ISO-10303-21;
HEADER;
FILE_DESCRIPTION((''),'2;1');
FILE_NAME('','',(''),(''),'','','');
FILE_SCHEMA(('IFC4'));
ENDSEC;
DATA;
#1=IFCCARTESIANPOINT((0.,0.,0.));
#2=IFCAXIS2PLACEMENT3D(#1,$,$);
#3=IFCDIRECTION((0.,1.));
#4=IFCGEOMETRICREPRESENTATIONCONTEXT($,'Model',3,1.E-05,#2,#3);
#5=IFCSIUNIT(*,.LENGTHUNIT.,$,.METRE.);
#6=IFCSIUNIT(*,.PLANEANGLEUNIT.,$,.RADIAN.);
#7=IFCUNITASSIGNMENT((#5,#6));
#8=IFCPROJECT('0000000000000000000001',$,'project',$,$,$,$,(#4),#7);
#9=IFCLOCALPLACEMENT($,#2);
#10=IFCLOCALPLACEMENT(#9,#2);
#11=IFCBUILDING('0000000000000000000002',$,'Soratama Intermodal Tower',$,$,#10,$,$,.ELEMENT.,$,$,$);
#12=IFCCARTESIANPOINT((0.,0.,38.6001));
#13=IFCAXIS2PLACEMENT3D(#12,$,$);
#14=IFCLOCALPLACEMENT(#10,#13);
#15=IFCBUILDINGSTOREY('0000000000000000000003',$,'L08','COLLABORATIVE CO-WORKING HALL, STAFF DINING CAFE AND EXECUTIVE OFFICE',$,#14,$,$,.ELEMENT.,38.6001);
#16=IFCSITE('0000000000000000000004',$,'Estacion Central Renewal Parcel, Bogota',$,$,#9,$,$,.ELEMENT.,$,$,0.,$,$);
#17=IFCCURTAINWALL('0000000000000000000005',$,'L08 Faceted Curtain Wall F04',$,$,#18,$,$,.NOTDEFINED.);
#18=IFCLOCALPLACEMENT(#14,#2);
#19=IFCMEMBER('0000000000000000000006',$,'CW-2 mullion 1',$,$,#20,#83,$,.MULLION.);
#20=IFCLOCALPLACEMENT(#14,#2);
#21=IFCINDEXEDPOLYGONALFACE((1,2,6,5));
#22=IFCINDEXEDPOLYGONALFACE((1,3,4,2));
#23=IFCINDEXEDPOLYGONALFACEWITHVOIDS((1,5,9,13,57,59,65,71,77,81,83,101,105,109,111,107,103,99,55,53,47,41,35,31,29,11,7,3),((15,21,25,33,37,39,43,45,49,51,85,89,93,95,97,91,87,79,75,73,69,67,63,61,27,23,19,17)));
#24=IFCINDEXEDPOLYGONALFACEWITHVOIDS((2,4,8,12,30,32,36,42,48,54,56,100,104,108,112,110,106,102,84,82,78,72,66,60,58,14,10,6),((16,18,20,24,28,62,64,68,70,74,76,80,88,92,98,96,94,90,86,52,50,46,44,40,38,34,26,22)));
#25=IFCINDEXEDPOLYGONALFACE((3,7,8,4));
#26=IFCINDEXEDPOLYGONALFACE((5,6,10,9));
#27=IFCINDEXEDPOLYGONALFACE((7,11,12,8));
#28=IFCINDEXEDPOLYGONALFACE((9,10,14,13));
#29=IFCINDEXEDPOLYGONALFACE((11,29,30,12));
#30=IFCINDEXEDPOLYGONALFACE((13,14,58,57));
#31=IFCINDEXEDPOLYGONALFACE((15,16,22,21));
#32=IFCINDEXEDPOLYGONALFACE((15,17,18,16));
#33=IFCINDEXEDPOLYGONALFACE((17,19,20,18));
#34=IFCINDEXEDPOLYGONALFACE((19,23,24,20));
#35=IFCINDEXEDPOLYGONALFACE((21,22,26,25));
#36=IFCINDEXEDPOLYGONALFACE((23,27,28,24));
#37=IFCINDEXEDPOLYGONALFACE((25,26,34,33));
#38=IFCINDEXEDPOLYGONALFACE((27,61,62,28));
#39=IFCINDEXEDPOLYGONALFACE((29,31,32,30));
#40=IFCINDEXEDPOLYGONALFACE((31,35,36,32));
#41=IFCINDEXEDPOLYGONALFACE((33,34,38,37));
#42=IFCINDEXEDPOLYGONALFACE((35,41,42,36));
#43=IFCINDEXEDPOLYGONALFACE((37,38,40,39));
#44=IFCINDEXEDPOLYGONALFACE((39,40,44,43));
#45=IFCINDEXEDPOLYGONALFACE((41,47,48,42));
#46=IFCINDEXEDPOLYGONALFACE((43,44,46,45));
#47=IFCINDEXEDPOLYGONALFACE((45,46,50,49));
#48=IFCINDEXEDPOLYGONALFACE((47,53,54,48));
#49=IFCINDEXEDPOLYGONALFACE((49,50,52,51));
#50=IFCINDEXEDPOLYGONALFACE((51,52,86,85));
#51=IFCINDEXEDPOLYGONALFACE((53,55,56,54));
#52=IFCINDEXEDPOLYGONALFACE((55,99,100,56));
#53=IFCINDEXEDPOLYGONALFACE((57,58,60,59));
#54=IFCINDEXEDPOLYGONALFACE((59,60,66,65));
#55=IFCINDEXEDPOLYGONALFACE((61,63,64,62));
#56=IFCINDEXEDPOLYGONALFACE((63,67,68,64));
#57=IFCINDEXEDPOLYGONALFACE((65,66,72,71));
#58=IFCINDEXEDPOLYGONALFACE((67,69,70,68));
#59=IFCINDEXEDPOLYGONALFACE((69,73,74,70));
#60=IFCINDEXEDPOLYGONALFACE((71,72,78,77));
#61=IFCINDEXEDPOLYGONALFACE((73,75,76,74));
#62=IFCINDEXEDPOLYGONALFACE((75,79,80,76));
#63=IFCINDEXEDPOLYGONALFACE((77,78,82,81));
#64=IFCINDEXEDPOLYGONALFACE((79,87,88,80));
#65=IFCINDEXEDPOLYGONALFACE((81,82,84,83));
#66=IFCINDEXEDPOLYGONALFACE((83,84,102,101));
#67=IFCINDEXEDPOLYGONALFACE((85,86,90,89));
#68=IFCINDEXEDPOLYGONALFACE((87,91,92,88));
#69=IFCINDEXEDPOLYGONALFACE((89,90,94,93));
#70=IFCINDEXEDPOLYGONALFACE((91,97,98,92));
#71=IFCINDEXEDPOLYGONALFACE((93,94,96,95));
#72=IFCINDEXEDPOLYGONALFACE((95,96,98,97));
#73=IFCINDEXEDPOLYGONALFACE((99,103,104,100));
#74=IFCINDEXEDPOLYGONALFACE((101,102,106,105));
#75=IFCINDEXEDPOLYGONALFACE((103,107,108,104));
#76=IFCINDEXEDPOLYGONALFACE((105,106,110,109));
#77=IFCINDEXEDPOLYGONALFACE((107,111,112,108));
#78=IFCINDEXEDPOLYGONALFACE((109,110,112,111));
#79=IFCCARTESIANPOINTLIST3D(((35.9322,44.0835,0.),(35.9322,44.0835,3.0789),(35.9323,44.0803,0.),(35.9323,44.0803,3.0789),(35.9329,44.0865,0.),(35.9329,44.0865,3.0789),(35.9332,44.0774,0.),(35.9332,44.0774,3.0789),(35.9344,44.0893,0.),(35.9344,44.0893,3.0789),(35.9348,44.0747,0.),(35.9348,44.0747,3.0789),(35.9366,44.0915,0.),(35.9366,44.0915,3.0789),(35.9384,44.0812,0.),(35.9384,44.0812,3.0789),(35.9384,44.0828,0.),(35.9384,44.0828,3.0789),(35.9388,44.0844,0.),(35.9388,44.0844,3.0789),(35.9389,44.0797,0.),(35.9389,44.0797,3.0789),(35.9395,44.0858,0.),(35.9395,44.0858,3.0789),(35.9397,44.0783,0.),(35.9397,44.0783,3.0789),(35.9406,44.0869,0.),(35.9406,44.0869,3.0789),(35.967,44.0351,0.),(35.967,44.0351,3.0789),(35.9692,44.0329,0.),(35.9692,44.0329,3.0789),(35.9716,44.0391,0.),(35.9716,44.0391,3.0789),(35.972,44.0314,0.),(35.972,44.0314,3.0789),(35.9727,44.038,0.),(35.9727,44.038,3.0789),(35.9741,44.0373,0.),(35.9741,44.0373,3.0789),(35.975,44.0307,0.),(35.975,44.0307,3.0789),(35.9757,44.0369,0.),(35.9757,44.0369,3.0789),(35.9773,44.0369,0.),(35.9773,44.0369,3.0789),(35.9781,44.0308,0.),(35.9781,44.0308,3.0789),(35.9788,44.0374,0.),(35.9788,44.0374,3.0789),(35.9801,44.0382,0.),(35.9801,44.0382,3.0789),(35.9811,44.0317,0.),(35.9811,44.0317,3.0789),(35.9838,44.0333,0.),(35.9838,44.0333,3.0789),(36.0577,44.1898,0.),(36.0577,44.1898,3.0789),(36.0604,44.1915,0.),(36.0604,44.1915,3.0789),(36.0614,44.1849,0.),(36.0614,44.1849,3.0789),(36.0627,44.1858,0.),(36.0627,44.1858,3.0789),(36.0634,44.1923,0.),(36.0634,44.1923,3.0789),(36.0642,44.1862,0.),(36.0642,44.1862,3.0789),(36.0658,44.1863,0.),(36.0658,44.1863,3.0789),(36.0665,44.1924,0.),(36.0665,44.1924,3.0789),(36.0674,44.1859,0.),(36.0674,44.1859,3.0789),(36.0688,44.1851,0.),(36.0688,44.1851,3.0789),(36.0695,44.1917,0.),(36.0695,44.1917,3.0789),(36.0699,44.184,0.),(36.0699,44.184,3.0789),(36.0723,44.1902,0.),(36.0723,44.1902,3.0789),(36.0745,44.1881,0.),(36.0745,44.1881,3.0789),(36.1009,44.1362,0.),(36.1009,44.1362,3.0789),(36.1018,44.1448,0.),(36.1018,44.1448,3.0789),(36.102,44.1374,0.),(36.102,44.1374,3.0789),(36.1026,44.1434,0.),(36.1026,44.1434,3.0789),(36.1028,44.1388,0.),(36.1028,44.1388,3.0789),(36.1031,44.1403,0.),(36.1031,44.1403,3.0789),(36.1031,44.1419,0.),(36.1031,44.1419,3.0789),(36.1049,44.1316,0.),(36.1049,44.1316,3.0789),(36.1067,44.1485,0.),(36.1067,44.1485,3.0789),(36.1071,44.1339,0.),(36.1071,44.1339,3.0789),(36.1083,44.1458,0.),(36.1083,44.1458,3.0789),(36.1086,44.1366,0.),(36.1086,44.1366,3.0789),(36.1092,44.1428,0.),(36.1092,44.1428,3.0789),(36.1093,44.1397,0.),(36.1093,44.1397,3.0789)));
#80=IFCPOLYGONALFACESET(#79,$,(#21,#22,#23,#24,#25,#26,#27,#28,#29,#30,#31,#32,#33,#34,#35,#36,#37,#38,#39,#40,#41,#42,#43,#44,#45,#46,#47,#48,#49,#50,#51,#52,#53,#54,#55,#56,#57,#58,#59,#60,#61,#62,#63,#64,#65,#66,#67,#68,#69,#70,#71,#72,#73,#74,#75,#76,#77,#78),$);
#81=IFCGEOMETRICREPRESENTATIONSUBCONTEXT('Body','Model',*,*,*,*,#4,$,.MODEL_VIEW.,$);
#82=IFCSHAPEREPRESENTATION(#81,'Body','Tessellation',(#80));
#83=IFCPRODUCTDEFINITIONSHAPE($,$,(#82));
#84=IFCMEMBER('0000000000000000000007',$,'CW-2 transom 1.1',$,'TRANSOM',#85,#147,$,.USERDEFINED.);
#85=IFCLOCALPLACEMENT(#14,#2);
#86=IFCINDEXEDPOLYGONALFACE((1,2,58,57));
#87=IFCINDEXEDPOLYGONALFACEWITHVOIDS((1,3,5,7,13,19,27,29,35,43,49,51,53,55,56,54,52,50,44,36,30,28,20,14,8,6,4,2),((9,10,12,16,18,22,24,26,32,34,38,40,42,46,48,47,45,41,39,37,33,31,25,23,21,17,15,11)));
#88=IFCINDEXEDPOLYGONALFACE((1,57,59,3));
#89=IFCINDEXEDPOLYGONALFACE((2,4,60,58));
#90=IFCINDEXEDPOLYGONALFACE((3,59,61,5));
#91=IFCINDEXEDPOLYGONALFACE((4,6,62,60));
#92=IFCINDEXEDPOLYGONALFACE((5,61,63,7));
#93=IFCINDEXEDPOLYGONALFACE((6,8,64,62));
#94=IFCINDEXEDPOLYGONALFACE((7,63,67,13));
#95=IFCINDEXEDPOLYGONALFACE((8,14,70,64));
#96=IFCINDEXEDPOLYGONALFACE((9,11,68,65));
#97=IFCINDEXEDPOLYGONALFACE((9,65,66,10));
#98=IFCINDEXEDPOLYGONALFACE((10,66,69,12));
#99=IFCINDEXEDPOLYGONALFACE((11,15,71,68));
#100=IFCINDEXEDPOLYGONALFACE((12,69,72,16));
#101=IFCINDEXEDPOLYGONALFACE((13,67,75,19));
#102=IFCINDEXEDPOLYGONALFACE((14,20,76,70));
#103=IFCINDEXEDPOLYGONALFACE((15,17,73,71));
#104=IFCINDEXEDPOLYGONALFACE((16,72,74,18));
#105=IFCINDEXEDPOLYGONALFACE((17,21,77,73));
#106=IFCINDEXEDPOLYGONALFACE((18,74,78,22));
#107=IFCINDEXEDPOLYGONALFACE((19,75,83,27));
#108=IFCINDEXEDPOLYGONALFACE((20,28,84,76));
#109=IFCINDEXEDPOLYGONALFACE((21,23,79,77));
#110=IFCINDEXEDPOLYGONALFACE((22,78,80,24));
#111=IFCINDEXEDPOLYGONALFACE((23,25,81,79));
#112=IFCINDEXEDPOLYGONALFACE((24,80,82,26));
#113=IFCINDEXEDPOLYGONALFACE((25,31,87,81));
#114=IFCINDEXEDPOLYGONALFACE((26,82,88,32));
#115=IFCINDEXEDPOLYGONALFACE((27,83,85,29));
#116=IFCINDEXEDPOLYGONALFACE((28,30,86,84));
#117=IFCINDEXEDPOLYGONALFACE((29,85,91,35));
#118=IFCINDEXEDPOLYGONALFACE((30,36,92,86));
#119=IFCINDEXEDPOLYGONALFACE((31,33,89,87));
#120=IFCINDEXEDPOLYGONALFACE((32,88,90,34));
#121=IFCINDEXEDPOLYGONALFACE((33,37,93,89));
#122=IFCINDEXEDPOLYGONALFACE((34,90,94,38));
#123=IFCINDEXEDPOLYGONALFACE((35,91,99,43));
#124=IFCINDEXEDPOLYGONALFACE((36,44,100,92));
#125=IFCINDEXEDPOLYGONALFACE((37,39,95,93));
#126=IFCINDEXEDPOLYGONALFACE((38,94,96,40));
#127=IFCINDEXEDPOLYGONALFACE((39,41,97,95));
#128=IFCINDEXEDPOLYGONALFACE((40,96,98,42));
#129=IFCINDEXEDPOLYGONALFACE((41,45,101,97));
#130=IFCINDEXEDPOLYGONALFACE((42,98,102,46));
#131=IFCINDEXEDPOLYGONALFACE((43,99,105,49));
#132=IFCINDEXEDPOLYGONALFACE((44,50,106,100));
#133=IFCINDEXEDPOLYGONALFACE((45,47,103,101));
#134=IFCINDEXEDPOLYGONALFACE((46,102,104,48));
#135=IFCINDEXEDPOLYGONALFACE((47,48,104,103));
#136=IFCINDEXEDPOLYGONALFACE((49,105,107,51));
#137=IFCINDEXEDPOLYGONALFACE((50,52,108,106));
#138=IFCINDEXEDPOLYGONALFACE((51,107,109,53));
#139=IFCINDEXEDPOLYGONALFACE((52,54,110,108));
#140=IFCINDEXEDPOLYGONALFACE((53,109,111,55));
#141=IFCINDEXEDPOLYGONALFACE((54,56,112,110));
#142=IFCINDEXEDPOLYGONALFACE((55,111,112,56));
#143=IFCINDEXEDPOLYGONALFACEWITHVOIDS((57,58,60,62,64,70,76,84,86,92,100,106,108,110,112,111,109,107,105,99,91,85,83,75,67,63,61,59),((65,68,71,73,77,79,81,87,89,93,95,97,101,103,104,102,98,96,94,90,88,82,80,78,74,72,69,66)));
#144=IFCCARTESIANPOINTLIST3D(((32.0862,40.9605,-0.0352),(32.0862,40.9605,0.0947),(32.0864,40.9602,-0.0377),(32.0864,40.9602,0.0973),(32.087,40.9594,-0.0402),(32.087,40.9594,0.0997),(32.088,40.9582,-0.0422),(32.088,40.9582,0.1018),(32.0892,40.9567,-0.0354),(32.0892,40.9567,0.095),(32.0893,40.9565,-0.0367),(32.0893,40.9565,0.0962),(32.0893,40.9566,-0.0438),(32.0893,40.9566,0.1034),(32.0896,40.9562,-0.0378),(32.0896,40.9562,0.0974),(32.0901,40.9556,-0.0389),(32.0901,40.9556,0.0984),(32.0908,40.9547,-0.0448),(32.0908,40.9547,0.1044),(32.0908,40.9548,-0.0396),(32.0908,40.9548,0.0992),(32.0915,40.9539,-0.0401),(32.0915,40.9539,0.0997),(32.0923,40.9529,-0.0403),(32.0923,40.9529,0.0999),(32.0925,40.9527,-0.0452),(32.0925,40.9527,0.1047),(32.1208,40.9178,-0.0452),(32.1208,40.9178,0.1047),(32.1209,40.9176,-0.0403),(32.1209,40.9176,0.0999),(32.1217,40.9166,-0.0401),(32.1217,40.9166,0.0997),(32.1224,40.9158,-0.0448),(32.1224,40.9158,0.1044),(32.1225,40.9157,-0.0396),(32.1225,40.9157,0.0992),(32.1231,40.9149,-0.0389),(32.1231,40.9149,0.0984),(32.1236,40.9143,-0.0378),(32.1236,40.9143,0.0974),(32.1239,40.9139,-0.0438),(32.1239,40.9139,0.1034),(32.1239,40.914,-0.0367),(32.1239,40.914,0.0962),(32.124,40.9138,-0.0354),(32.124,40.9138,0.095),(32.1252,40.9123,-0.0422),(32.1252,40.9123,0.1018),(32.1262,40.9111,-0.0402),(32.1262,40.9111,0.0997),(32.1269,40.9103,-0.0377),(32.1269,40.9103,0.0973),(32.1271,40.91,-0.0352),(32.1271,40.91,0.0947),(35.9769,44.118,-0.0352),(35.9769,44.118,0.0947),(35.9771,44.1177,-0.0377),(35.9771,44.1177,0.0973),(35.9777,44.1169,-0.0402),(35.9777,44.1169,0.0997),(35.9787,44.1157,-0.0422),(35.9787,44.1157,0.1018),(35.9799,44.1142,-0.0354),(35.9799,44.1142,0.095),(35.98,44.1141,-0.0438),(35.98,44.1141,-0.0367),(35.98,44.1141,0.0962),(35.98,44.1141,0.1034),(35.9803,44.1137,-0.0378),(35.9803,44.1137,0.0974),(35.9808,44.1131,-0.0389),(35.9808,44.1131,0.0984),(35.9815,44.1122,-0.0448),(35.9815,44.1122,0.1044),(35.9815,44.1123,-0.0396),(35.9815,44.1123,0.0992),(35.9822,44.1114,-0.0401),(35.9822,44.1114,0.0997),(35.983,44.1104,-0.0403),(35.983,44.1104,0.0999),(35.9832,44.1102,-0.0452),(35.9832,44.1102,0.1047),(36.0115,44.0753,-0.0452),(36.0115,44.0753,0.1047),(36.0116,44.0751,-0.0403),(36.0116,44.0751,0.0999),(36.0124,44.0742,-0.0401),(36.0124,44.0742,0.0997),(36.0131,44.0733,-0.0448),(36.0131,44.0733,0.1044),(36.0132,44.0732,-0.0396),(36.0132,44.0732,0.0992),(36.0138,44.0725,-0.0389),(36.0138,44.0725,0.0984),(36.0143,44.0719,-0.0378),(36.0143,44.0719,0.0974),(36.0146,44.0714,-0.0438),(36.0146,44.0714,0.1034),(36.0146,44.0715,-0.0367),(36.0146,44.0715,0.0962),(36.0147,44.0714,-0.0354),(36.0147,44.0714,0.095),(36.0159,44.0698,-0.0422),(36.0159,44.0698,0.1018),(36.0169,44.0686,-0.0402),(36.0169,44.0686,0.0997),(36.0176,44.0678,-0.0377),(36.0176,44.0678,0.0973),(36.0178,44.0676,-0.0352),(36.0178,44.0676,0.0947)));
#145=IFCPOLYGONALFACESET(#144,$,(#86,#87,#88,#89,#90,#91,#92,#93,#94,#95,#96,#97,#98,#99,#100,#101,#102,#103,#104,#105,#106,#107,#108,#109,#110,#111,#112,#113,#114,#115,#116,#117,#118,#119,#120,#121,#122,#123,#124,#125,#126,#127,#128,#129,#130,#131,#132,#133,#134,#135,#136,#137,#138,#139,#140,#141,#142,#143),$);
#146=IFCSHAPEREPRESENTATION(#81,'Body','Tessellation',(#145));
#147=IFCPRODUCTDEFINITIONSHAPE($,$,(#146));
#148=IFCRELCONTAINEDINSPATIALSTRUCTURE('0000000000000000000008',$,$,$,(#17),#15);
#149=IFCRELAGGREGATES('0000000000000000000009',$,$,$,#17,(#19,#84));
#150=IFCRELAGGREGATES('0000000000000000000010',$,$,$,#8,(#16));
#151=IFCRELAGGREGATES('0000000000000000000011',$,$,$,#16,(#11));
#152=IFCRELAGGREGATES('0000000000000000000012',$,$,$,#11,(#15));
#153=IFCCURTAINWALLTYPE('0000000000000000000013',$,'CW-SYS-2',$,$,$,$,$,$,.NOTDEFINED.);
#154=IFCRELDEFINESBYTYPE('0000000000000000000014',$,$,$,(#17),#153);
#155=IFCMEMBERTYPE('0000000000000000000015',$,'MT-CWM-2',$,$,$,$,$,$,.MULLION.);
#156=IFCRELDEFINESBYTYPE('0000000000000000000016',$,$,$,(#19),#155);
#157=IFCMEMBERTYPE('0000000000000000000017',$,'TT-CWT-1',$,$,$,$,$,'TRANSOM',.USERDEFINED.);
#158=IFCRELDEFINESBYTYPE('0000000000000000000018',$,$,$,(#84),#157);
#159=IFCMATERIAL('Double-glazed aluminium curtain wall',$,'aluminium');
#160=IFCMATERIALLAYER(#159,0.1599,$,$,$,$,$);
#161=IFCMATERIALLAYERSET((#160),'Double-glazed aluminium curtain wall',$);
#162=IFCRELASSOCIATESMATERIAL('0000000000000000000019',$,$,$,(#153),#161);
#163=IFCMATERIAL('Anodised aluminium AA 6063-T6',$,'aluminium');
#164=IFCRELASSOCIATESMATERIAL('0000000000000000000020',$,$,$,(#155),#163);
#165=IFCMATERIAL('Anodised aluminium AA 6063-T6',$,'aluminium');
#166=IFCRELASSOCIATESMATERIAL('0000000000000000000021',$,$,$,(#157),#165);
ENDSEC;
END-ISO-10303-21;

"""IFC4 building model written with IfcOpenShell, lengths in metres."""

from ifc_helpers import new_model, si_unit, direction, frame, origin, origin_2d, place, context, subcontext, project, spatial, hollow_rectangle, extrude, material, layer, layer_set, material_profile, profile_set, type_object, element, aggregate, save


model = new_model("IFC4")

# Units and contexts
model_context = context("Model", 3, precision=1e-05, world=origin(), true_north=direction((0.0, 1.0)))
body_context = subcontext(model_context, "Body", "Model", "MODEL_VIEW")
ifc_project = project(units=[si_unit("LENGTHUNIT", "METRE"), si_unit("PLANEANGLEUNIT", "RADIAN")], contexts=[model_context])

# Site, building, storey
site_placement = place(None, origin())
site = spatial("IfcSite", under=ifc_project, at=site_placement, Name="Estacion Central Renewal Parcel, Bogota", CompositionType="ELEMENT", RefElevation=0.0)
building_placement = place(site_placement, origin())
building = spatial("IfcBuilding", under=site, at=building_placement, Name="Soratama Intermodal Tower", CompositionType="ELEMENT")
storey_placement = place(building_placement, frame((0.0, 0.0, 38.6001)))
storey = spatial("IfcBuildingStorey", under=building, at=storey_placement, Name="L08", Description="COLLABORATIVE CO-WORKING HALL, STAFF DINING CAFE AND EXECUTIVE OFFICE", CompositionType="ELEMENT", Elevation=38.6001)

# Curtain wall, members
ifc_material_1 = material(Name="Double-glazed aluminium curtain wall", Category="aluminium")
ifc_layer_1 = layer(ifc_material_1, 0.1599)
ifc_layer_set_1 = layer_set([ifc_layer_1], Name="Double-glazed aluminium curtain wall")
curtain_wall_type = type_object("IfcCurtainWallType", Name="CW-SYS-2", PredefinedType="NOTDEFINED", material=ifc_layer_set_1)
curtain_wall_placement = place(storey_placement, origin())
curtain_wall = element("IfcCurtainWall", 1, at=curtain_wall_placement, inside=storey, type_object=curtain_wall_type, Name="L08 Faceted Curtain Wall F04", PredefinedType="NOTDEFINED")
ifc_material_2 = material(Name="Anodised aluminium AA 6063-T6", Category="aluminium")
ifc_material_profile_1 = material_profile(ifc_material_2, hollow_rectangle(XDim=0.075, YDim=0.1799, WallThickness=0.0061, InnerFilletRadius=0.0061, OuterFilletRadius=0.012, at=origin_2d()), Name="CWM180X75X6")
ifc_profile_set_1 = profile_set([ifc_material_profile_1], Name="Anodised aluminium AA 6063-T6")
member_type_1 = type_object("IfcMemberType", Name="MT-CWM-2", PredefinedType="MULLION", material=ifc_profile_set_1)
member_1_placement = place(storey_placement, frame((36.0208, 44.1116, 0.0), z_axis=(0.0, 0.0, 1.0), x_axis=(0.630137, -0.776484, 0.0)))
member_1 = element("IfcMember", 2, at=member_1_placement, type_object=member_type_1, Name="CW-2 mullion 1", PredefinedType="MULLION", context=body_context, shape_type="SweptSolid", body=[
    extrude(hollow_rectangle(XDim=0.075, YDim=0.1799, WallThickness=0.0061, InnerFilletRadius=0.0061, OuterFilletRadius=0.012, at=origin_2d()), origin(), (0.0, 0.0, 1.0), 3.0789),
])
ifc_material_3 = material(Name="Anodised aluminium AA 6063-T6", Category="aluminium")
ifc_material_profile_2 = material_profile(ifc_material_3, hollow_rectangle(XDim=0.0649, YDim=0.1499, WallThickness=0.0049, InnerFilletRadius=0.0049, OuterFilletRadius=0.01, at=origin_2d()), Name="CWT150X65X5")
ifc_profile_set_2 = profile_set([ifc_material_profile_2], Name="Anodised aluminium AA 6063-T6")
member_type_2 = type_object("IfcMemberType", Name="TT-CWT-1", ElementType="TRANSOM", PredefinedType="USERDEFINED", material=ifc_profile_set_2)
member_2_placement = place(storey_placement, frame((35.9973, 44.0928, 0.0298), z_axis=(-0.776472, -0.630152, 0.0), x_axis=(0.630152, -0.776472, 0.0)))
member_2 = element("IfcMember", 3, at=member_2_placement, type_object=member_type_2, Name="CW-2 transom 1.1", ObjectType="TRANSOM", PredefinedType="USERDEFINED", context=body_context, shape_type="SweptSolid", body=[
    extrude(hollow_rectangle(XDim=0.0649, YDim=0.1499, WallThickness=0.0049, InnerFilletRadius=0.0049, OuterFilletRadius=0.01, at=origin_2d()), origin(), (0.0, 0.0, 1.0), 5.0107),
])
aggregate(curtain_wall, [member_1, member_2])

save(model, "model.ifc")
